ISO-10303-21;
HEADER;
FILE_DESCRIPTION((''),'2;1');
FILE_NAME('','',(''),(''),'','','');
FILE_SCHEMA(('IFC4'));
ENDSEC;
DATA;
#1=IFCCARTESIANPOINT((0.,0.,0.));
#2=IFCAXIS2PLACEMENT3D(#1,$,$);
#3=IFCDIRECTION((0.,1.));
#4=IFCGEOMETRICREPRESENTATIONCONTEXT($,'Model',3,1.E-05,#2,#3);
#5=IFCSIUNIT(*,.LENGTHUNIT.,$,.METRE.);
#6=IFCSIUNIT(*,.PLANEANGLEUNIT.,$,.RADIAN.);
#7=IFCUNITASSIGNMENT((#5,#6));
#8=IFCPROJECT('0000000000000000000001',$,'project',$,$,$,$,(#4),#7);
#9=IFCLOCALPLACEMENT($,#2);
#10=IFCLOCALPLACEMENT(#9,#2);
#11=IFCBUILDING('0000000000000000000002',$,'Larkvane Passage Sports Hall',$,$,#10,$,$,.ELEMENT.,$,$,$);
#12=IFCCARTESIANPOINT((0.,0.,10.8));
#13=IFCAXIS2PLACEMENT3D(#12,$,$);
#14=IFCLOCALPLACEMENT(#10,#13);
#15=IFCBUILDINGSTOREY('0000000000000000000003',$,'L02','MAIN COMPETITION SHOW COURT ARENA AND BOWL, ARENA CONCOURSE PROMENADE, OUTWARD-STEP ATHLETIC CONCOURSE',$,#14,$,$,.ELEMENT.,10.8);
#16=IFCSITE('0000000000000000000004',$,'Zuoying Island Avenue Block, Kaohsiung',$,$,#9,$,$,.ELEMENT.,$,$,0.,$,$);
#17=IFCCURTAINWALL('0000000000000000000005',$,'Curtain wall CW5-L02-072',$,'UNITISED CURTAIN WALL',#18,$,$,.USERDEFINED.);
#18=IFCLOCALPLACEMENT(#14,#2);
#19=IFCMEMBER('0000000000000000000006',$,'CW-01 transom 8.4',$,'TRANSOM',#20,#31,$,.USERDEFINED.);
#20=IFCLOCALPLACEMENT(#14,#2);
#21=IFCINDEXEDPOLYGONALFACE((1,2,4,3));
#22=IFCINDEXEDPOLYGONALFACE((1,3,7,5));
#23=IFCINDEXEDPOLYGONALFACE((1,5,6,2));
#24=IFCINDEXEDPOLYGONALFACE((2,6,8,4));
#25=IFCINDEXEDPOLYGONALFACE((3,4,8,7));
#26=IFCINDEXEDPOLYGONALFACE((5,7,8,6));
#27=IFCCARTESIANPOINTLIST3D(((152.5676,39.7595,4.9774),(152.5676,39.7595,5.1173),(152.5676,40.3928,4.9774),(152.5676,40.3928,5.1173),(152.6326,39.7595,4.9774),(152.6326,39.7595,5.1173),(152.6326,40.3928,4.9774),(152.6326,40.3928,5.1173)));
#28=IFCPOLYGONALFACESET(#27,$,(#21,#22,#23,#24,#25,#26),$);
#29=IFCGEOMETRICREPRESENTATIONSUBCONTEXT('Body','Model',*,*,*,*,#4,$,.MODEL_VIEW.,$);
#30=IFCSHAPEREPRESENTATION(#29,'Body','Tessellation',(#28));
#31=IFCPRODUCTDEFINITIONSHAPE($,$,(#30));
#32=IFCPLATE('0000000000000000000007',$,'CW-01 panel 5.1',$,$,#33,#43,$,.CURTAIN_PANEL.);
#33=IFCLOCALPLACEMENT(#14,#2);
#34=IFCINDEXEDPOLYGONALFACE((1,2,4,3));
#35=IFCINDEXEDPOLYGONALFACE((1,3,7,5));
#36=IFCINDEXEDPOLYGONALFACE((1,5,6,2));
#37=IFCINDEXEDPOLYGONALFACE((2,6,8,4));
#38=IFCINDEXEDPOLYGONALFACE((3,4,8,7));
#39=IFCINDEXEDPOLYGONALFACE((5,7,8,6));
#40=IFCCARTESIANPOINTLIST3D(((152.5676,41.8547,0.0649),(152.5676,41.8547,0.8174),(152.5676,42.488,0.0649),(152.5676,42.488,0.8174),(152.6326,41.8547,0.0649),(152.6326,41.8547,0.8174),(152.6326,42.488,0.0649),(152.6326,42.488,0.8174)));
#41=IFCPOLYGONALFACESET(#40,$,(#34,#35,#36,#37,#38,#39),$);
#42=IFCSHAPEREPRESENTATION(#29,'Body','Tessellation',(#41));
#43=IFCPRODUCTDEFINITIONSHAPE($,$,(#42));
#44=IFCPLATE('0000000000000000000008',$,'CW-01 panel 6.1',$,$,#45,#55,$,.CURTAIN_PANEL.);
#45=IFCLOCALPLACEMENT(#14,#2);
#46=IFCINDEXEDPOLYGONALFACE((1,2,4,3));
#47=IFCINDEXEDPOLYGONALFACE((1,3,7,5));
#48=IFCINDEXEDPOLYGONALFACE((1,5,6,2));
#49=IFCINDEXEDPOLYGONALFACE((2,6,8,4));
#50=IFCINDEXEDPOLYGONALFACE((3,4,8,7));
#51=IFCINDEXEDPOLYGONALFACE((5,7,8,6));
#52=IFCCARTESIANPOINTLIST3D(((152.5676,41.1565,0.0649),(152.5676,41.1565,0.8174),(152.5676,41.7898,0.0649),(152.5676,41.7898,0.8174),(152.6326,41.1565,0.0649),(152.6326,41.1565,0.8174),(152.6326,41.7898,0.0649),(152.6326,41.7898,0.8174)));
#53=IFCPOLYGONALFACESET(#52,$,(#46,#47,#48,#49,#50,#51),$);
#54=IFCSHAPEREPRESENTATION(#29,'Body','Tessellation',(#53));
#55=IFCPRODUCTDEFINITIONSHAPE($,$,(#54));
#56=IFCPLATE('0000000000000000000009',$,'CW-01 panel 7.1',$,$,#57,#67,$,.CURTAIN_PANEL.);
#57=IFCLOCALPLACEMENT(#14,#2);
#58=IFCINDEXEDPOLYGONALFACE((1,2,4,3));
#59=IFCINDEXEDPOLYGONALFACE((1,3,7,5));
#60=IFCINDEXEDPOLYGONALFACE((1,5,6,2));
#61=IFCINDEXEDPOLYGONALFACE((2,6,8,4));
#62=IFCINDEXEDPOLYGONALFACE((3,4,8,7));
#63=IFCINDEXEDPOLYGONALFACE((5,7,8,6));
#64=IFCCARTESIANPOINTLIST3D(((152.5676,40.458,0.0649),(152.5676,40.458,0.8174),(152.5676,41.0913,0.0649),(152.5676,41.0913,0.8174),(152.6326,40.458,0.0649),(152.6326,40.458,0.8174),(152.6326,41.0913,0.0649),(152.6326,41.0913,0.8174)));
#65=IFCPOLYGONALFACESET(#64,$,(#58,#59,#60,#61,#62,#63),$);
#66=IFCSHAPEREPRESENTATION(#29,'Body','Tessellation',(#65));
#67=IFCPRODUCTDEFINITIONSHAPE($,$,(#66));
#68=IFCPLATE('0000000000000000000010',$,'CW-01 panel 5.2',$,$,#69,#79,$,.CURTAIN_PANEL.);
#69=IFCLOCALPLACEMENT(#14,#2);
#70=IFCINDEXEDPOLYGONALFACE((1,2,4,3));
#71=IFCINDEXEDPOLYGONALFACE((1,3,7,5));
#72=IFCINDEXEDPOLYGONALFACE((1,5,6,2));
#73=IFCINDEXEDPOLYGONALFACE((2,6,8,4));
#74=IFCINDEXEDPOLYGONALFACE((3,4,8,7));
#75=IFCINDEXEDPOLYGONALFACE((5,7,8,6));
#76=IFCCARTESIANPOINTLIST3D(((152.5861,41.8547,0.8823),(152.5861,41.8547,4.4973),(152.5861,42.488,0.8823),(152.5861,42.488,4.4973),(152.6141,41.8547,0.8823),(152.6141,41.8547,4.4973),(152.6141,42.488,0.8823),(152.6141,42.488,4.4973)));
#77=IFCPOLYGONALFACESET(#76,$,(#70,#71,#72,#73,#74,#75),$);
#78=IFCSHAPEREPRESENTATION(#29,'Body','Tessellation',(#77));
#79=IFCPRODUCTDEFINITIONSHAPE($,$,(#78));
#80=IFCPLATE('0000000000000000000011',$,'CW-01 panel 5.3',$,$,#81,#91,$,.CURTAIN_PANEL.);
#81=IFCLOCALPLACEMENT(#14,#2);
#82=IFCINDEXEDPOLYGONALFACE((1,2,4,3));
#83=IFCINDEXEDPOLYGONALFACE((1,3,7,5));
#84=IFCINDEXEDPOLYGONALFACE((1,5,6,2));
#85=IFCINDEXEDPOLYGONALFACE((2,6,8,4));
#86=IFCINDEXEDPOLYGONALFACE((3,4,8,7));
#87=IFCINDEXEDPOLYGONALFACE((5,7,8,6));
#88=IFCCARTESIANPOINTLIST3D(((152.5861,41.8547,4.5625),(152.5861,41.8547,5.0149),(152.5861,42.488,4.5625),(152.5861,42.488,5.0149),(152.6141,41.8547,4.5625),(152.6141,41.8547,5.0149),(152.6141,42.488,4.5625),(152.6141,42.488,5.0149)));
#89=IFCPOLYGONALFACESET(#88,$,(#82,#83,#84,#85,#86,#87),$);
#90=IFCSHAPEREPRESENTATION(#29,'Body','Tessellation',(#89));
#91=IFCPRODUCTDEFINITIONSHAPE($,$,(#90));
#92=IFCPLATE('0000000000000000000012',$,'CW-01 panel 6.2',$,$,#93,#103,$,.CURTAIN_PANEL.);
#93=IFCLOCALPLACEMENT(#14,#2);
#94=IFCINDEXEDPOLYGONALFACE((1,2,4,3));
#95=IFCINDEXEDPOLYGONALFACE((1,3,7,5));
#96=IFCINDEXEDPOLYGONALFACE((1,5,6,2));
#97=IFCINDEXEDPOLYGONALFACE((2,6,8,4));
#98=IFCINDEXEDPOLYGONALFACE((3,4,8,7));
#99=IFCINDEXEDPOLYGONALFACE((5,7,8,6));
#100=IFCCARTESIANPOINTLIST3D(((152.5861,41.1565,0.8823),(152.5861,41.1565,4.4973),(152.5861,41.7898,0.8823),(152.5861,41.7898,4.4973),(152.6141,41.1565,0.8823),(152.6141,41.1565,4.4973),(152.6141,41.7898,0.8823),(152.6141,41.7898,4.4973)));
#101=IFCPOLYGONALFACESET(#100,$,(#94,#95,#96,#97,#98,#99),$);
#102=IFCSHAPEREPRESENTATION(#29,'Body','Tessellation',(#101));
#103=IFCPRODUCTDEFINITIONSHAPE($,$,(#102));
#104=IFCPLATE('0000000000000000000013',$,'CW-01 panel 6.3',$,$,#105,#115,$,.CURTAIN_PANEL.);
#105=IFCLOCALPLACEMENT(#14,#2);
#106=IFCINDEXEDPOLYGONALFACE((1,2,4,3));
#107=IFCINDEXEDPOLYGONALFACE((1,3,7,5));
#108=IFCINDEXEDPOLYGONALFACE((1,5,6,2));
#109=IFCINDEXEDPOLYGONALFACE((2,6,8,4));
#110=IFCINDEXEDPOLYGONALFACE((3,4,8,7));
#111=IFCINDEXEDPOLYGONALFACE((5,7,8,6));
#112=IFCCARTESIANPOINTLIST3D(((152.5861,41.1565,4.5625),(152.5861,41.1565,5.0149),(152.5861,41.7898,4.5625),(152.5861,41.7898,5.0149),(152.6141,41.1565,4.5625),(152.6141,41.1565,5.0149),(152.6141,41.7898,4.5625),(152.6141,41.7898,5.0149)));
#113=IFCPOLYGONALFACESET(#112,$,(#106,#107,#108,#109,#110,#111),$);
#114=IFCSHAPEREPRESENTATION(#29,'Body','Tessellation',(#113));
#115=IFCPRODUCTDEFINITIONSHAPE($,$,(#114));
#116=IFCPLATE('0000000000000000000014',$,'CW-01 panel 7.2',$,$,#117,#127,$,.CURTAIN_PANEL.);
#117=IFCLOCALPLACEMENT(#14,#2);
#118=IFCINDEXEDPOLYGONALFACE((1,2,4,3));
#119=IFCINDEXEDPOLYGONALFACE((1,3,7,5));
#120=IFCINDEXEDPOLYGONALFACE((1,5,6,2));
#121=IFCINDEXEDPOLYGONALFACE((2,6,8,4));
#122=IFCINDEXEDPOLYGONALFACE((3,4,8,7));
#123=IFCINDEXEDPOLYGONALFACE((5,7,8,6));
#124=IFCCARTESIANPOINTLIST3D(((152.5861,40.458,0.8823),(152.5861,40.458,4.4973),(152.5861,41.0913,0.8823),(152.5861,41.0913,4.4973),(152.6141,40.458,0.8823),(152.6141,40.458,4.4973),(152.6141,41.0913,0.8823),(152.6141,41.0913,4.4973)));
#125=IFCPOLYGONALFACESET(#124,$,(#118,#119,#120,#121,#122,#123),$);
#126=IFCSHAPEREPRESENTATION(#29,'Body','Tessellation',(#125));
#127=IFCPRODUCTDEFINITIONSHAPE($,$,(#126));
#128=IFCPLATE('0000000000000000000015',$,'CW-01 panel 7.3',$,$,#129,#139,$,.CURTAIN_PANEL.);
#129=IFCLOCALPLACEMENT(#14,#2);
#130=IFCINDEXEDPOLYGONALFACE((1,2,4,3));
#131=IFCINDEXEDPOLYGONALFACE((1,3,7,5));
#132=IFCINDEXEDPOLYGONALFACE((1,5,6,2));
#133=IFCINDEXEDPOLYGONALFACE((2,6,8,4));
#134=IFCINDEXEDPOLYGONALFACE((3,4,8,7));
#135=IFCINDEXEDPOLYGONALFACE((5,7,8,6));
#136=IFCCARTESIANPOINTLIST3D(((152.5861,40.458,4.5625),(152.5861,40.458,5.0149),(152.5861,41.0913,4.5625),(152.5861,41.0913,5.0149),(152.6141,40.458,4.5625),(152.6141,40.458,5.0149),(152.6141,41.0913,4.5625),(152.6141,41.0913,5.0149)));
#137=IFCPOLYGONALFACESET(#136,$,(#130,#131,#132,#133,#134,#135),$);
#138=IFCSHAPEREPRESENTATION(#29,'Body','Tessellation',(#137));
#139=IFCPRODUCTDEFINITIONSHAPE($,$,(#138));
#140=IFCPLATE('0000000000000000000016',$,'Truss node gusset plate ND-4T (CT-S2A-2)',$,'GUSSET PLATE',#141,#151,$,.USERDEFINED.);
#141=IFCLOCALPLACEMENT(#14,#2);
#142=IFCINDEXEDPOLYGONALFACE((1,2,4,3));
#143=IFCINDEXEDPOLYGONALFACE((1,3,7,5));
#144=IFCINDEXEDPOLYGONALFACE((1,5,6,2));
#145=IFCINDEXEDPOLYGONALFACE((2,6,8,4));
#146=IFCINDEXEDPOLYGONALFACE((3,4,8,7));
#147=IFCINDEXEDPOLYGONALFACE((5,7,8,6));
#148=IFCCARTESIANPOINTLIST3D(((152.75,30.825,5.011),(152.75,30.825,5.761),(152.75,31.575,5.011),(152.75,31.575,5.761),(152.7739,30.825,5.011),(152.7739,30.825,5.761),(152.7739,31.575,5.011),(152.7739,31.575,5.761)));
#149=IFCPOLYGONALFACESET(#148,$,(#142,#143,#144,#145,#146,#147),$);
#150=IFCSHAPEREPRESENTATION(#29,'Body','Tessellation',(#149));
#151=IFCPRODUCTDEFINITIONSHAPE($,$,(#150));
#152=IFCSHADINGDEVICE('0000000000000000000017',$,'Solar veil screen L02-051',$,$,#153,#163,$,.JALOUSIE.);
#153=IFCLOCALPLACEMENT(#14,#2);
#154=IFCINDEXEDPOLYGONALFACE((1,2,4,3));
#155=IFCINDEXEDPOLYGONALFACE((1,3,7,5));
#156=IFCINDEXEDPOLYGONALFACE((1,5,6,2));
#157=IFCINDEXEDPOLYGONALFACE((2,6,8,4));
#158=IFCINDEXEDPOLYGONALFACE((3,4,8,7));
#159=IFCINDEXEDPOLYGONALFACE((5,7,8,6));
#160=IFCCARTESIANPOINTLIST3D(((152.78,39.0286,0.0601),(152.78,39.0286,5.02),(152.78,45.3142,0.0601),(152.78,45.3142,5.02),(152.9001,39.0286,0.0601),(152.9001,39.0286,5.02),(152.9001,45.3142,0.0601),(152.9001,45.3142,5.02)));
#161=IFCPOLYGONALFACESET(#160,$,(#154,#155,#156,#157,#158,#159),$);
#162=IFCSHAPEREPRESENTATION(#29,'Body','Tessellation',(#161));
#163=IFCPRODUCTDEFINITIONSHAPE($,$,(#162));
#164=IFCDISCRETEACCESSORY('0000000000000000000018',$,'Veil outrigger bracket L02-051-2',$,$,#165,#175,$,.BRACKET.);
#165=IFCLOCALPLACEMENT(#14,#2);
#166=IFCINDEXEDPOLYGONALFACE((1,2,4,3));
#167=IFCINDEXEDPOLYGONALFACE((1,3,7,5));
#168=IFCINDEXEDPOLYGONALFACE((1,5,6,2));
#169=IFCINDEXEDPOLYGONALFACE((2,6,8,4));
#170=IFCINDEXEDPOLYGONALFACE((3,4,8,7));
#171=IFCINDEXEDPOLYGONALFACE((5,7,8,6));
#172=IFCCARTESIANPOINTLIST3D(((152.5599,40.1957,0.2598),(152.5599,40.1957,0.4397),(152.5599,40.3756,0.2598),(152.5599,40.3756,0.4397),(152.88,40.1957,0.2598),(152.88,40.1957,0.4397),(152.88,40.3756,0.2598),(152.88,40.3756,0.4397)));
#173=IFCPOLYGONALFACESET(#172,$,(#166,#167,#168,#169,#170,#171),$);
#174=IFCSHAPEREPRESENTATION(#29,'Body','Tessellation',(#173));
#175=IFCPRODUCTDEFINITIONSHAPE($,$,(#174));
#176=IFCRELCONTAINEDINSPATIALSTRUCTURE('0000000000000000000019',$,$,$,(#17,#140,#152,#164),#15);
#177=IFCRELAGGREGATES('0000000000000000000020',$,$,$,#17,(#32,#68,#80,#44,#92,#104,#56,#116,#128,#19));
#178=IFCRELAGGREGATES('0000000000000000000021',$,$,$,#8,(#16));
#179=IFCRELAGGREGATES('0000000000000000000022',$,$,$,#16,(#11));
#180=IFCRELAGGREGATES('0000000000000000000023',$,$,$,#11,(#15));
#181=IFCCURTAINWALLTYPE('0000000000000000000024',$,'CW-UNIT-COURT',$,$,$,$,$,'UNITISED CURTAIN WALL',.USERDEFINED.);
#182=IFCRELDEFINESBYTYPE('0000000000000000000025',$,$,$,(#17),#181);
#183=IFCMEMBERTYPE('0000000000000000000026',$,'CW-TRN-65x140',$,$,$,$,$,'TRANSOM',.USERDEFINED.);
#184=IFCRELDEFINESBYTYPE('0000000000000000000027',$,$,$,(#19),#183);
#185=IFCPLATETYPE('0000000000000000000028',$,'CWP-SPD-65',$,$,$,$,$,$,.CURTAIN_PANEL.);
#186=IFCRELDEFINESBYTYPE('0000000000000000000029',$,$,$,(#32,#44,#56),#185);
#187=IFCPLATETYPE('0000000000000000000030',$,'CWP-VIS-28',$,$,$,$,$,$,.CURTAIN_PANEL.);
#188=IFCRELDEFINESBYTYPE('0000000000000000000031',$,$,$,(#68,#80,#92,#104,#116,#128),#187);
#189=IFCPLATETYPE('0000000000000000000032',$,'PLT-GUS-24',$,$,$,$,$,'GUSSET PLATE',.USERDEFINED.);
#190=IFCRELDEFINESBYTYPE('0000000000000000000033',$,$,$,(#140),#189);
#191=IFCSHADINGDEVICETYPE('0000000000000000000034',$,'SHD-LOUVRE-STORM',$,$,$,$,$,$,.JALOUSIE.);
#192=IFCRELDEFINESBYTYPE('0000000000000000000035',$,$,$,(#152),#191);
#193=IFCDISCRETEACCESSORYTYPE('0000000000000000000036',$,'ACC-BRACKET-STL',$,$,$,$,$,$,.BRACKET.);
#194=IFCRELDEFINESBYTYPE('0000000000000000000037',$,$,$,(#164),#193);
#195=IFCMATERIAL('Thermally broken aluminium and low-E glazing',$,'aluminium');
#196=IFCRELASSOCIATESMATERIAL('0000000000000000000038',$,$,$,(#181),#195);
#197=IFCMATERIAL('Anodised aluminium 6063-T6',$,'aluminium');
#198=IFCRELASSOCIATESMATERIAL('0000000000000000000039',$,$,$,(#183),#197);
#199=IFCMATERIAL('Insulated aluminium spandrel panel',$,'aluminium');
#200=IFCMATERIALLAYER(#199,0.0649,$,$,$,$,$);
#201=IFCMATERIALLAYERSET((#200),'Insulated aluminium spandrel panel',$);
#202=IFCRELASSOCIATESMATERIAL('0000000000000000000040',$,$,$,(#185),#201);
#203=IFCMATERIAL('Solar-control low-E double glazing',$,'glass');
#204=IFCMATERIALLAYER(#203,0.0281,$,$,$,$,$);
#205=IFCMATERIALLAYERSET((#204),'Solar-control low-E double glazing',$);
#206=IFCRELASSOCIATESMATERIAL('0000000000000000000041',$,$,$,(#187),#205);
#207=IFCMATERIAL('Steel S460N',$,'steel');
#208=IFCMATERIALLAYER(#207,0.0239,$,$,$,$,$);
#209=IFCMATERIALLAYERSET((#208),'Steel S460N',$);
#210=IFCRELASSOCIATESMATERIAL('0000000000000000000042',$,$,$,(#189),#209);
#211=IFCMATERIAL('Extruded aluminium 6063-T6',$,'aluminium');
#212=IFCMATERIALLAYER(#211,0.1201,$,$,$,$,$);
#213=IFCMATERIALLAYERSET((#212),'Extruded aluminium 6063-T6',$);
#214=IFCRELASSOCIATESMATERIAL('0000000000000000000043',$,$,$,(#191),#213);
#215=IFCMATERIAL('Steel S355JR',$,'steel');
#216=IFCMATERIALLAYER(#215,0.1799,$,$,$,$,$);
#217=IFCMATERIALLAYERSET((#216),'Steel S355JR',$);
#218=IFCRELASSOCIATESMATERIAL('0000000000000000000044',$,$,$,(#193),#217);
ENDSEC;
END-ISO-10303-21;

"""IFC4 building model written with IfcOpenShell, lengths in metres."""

from ifc_helpers import new_model, si_unit, direction, frame, origin, origin_2d, place, context, subcontext, project, spatial, rectangle, extrude, material, layer, layer_set, material_profile, profile_set, type_object, element, aggregate, save


model = new_model("IFC4")

# Units and contexts
model_context = context("Model", 3, precision=1e-05, world=origin(), true_north=direction((0.0, 1.0)))
body_context = subcontext(model_context, "Body", "Model", "MODEL_VIEW")
ifc_project = project(units=[si_unit("LENGTHUNIT", "METRE"), si_unit("PLANEANGLEUNIT", "RADIAN")], contexts=[model_context])

# Site, building, storey
site_placement = place(None, origin())
site = spatial("IfcSite", under=ifc_project, at=site_placement, Name="Zuoying Island Avenue Block, Kaohsiung", CompositionType="ELEMENT", RefElevation=0.0)
building_placement = place(site_placement, origin())
building = spatial("IfcBuilding", under=site, at=building_placement, Name="Larkvane Passage Sports Hall", CompositionType="ELEMENT")
storey_placement = place(building_placement, frame((0.0, 0.0, 10.8)))
storey = spatial("IfcBuildingStorey", under=building, at=storey_placement, Name="L02", Description="MAIN COMPETITION SHOW COURT ARENA AND BOWL, ARENA CONCOURSE PROMENADE, OUTWARD-STEP ATHLETIC CONCOURSE", CompositionType="ELEMENT", Elevation=10.8)

# Curtain wall, member, plates
ifc_material_1 = material(Name="Thermally broken aluminium and low-E glazing", Category="aluminium")
curtain_wall_type = type_object("IfcCurtainWallType", Name="CW-UNIT-COURT", ElementType="UNITISED CURTAIN WALL", PredefinedType="USERDEFINED", material=ifc_material_1)
curtain_wall_placement = place(storey_placement, origin())
curtain_wall = element("IfcCurtainWall", 1, at=curtain_wall_placement, inside=storey, type_object=curtain_wall_type, Name="Curtain wall CW5-L02-072", ObjectType="UNITISED CURTAIN WALL", PredefinedType="USERDEFINED")
ifc_material_2 = material(Name="Anodised aluminium 6063-T6", Category="aluminium")
ifc_material_profile_1 = material_profile(ifc_material_2, rectangle(XDim=0.0649, YDim=0.1399, at=origin_2d()), Name="ALU-TRN-65x140")
ifc_profile_set_1 = profile_set([ifc_material_profile_1], Name="Anodised aluminium 6063-T6")
member_type_1 = type_object("IfcMemberType", Name="CW-TRN-65x140", ElementType="TRANSOM", PredefinedType="USERDEFINED", material=ifc_profile_set_1)
member_1_placement = place(storey_placement, frame((152.6001, 40.3928, 5.0474), z_axis=(0.0, -1.0, 0.0), x_axis=(1.0, 0.0, 0.0)))
member_1 = element("IfcMember", 2, at=member_1_placement, type_object=member_type_1, Name="CW-01 transom 8.4", ObjectType="TRANSOM", PredefinedType="USERDEFINED", context=body_context, shape_type="SweptSolid", body=[
    extrude(rectangle(XDim=0.0649, YDim=0.1399, at=origin_2d()), origin(), (0.0, 0.0, 1.0), 0.6333),
])
ifc_material_3 = material(Name="Insulated aluminium spandrel panel", Category="aluminium")
ifc_layer_1 = layer(ifc_material_3, 0.0649)
ifc_layer_set_1 = layer_set([ifc_layer_1], Name="Insulated aluminium spandrel panel")
plate_type_1 = type_object("IfcPlateType", Name="CWP-SPD-65", PredefinedType="CURTAIN_PANEL", material=ifc_layer_set_1)
plate_1_placement = place(storey_placement, frame((152.6001, 42.1714, 0.0649), z_axis=(0.0, 0.0, 1.0), x_axis=(0.0, -1.0, 0.0)))
plate_1 = element("IfcPlate", 3, at=plate_1_placement, type_object=plate_type_1, Name="CW-01 panel 5.1", PredefinedType="CURTAIN_PANEL", context=body_context, shape_type="SweptSolid", body=[
    extrude(rectangle(XDim=0.6333, YDim=0.0649, at=origin_2d()), origin(), (0.0, 0.0, 1.0), 0.7524),
])
plate_2_placement = place(storey_placement, frame((152.6001, 41.4731, 0.0649), z_axis=(0.0, 0.0, 1.0), x_axis=(0.0, -1.0, 0.0)))
plate_2 = element("IfcPlate", 4, at=plate_2_placement, type_object=plate_type_1, Name="CW-01 panel 6.1", PredefinedType="CURTAIN_PANEL", context=body_context, shape_type="SweptSolid", body=[
    extrude(rectangle(XDim=0.6333, YDim=0.0649, at=origin_2d()), origin(), (0.0, 0.0, 1.0), 0.7524),
])
plate_3_placement = place(storey_placement, frame((152.6001, 40.7747, 0.0649), z_axis=(0.0, 0.0, 1.0), x_axis=(0.0, -1.0, 0.0)))
plate_3 = element("IfcPlate", 5, at=plate_3_placement, type_object=plate_type_1, Name="CW-01 panel 7.1", PredefinedType="CURTAIN_PANEL", context=body_context, shape_type="SweptSolid", body=[
    extrude(rectangle(XDim=0.6333, YDim=0.0649, at=origin_2d()), origin(), (0.0, 0.0, 1.0), 0.7524),
])
ifc_material_4 = material(Name="Solar-control low-E double glazing", Category="glass")
ifc_layer_2 = layer(ifc_material_4, 0.0281)
ifc_layer_set_2 = layer_set([ifc_layer_2], Name="Solar-control low-E double glazing")
plate_type_2 = type_object("IfcPlateType", Name="CWP-VIS-28", PredefinedType="CURTAIN_PANEL", material=ifc_layer_set_2)
plate_4_placement = place(storey_placement, frame((152.6001, 42.1714, 0.8823), z_axis=(0.0, 0.0, 1.0), x_axis=(0.0, -1.0, 0.0)))
plate_4 = element("IfcPlate", 6, at=plate_4_placement, type_object=plate_type_2, Name="CW-01 panel 5.2", PredefinedType="CURTAIN_PANEL", context=body_context, shape_type="SweptSolid", body=[
    extrude(rectangle(XDim=0.6333, YDim=0.0281, at=origin_2d()), origin(), (0.0, 0.0, 1.0), 3.615),
])
plate_5_placement = place(storey_placement, frame((152.6001, 42.1714, 4.5625), z_axis=(0.0, 0.0, 1.0), x_axis=(0.0, -1.0, 0.0)))
plate_5 = element("IfcPlate", 7, at=plate_5_placement, type_object=plate_type_2, Name="CW-01 panel 5.3", PredefinedType="CURTAIN_PANEL", context=body_context, shape_type="SweptSolid", body=[
    extrude(rectangle(XDim=0.6333, YDim=0.0281, at=origin_2d()), origin(), (0.0, 0.0, 1.0), 0.4524),
])
plate_6_placement = place(storey_placement, frame((152.6001, 41.4731, 0.8823), z_axis=(0.0, 0.0, 1.0), x_axis=(0.0, -1.0, 0.0)))
plate_6 = element("IfcPlate", 8, at=plate_6_placement, type_object=plate_type_2, Name="CW-01 panel 6.2", PredefinedType="CURTAIN_PANEL", context=body_context, shape_type="SweptSolid", body=[
    extrude(rectangle(XDim=0.6333, YDim=0.0281, at=origin_2d()), origin(), (0.0, 0.0, 1.0), 3.615),
])
plate_7_placement = place(storey_placement, frame((152.6001, 41.4731, 4.5625), z_axis=(0.0, 0.0, 1.0), x_axis=(0.0, -1.0, 0.0)))
plate_7 = element("IfcPlate", 9, at=plate_7_placement, type_object=plate_type_2, Name="CW-01 panel 6.3", PredefinedType="CURTAIN_PANEL", context=body_context, shape_type="SweptSolid", body=[
    extrude(rectangle(XDim=0.6333, YDim=0.0281, at=origin_2d()), origin(), (0.0, 0.0, 1.0), 0.4524),
])
plate_8_placement = place(storey_placement, frame((152.6001, 40.7747, 0.8823), z_axis=(0.0, 0.0, 1.0), x_axis=(0.0, -1.0, 0.0)))
plate_8 = element("IfcPlate", 10, at=plate_8_placement, type_object=plate_type_2, Name="CW-01 panel 7.2", PredefinedType="CURTAIN_PANEL", context=body_context, shape_type="SweptSolid", body=[
    extrude(rectangle(XDim=0.6333, YDim=0.0281, at=origin_2d()), origin(), (0.0, 0.0, 1.0), 3.615),
])
plate_9_placement = place(storey_placement, frame((152.6001, 40.7747, 4.5625), z_axis=(0.0, 0.0, 1.0), x_axis=(0.0, -1.0, 0.0)))
plate_9 = element("IfcPlate", 11, at=plate_9_placement, type_object=plate_type_2, Name="CW-01 panel 7.3", PredefinedType="CURTAIN_PANEL", context=body_context, shape_type="SweptSolid", body=[
    extrude(rectangle(XDim=0.6333, YDim=0.0281, at=origin_2d()), origin(), (0.0, 0.0, 1.0), 0.4524),
])
aggregate(curtain_wall, [plate_1, plate_4, plate_5, plate_2, plate_6, plate_7, plate_3, plate_8, plate_9, member_1])

# Plate
ifc_material_5 = material(Name="Steel S460N", Category="steel")
ifc_layer_3 = layer(ifc_material_5, 0.0239)
ifc_layer_set_3 = layer_set([ifc_layer_3], Name="Steel S460N")
plate_type_3 = type_object("IfcPlateType", Name="PLT-GUS-24", ElementType="GUSSET PLATE", PredefinedType="USERDEFINED", material=ifc_layer_set_3)
plate_10_placement = place(storey_placement, frame((152.762, 31.2, 5.011), z_axis=(0.0, 0.0, 1.0), x_axis=(0.0, 1.0, 0.0)))
element("IfcPlate", 12, at=plate_10_placement, inside=storey, type_object=plate_type_3, Name="Truss node gusset plate ND-4T (CT-S2A-2)", ObjectType="GUSSET PLATE", PredefinedType="USERDEFINED", context=body_context, shape_type="SweptSolid", body=[
    extrude(rectangle(XDim=0.75, YDim=0.0239, at=origin_2d()), origin(), (0.0, 0.0, 1.0), 0.75),
])

# Shading device
ifc_material_6 = material(Name="Extruded aluminium 6063-T6", Category="aluminium")
ifc_layer_4 = layer(ifc_material_6, 0.1201)
ifc_layer_set_4 = layer_set([ifc_layer_4], Name="Extruded aluminium 6063-T6")
shading_device_type = type_object("IfcShadingDeviceType", Name="SHD-LOUVRE-STORM", PredefinedType="JALOUSIE", material=ifc_layer_set_4)
shading_device_placement = place(storey_placement, frame((152.8401, 42.1714, 0.0601), z_axis=(0.0, 0.0, 1.0), x_axis=(0.0, -1.0, 0.0)))
element("IfcShadingDevice", 13, at=shading_device_placement, inside=storey, type_object=shading_device_type, Name="Solar veil screen L02-051", PredefinedType="JALOUSIE", context=body_context, shape_type="SweptSolid", body=[
    extrude(rectangle(XDim=6.2856, YDim=0.1201, at=origin_2d()), origin(), (0.0, 0.0, 1.0), 4.96),
])

# Discrete accessory
ifc_material_7 = material(Name="Steel S355JR", Category="steel")
ifc_layer_5 = layer(ifc_material_7, 0.1799)
ifc_layer_set_5 = layer_set([ifc_layer_5], Name="Steel S355JR")
discrete_accessory_type = type_object("IfcDiscreteAccessoryType", Name="ACC-BRACKET-STL", PredefinedType="BRACKET", material=ifc_layer_set_5)
discrete_accessory_placement = place(storey_placement, frame((152.72, 40.2856, 0.2598), z_axis=(0.0, 0.0, 1.0), x_axis=(0.0, -1.0, 0.0)))
element("IfcDiscreteAccessory", 14, at=discrete_accessory_placement, inside=storey, type_object=discrete_accessory_type, Name="Veil outrigger bracket L02-051-2", PredefinedType="BRACKET", context=body_context, shape_type="SweptSolid", body=[
    extrude(rectangle(XDim=0.1799, YDim=0.3201, at=origin_2d()), origin(), (0.0, 0.0, 1.0), 0.1799),
])

save(model, "model.ifc")
